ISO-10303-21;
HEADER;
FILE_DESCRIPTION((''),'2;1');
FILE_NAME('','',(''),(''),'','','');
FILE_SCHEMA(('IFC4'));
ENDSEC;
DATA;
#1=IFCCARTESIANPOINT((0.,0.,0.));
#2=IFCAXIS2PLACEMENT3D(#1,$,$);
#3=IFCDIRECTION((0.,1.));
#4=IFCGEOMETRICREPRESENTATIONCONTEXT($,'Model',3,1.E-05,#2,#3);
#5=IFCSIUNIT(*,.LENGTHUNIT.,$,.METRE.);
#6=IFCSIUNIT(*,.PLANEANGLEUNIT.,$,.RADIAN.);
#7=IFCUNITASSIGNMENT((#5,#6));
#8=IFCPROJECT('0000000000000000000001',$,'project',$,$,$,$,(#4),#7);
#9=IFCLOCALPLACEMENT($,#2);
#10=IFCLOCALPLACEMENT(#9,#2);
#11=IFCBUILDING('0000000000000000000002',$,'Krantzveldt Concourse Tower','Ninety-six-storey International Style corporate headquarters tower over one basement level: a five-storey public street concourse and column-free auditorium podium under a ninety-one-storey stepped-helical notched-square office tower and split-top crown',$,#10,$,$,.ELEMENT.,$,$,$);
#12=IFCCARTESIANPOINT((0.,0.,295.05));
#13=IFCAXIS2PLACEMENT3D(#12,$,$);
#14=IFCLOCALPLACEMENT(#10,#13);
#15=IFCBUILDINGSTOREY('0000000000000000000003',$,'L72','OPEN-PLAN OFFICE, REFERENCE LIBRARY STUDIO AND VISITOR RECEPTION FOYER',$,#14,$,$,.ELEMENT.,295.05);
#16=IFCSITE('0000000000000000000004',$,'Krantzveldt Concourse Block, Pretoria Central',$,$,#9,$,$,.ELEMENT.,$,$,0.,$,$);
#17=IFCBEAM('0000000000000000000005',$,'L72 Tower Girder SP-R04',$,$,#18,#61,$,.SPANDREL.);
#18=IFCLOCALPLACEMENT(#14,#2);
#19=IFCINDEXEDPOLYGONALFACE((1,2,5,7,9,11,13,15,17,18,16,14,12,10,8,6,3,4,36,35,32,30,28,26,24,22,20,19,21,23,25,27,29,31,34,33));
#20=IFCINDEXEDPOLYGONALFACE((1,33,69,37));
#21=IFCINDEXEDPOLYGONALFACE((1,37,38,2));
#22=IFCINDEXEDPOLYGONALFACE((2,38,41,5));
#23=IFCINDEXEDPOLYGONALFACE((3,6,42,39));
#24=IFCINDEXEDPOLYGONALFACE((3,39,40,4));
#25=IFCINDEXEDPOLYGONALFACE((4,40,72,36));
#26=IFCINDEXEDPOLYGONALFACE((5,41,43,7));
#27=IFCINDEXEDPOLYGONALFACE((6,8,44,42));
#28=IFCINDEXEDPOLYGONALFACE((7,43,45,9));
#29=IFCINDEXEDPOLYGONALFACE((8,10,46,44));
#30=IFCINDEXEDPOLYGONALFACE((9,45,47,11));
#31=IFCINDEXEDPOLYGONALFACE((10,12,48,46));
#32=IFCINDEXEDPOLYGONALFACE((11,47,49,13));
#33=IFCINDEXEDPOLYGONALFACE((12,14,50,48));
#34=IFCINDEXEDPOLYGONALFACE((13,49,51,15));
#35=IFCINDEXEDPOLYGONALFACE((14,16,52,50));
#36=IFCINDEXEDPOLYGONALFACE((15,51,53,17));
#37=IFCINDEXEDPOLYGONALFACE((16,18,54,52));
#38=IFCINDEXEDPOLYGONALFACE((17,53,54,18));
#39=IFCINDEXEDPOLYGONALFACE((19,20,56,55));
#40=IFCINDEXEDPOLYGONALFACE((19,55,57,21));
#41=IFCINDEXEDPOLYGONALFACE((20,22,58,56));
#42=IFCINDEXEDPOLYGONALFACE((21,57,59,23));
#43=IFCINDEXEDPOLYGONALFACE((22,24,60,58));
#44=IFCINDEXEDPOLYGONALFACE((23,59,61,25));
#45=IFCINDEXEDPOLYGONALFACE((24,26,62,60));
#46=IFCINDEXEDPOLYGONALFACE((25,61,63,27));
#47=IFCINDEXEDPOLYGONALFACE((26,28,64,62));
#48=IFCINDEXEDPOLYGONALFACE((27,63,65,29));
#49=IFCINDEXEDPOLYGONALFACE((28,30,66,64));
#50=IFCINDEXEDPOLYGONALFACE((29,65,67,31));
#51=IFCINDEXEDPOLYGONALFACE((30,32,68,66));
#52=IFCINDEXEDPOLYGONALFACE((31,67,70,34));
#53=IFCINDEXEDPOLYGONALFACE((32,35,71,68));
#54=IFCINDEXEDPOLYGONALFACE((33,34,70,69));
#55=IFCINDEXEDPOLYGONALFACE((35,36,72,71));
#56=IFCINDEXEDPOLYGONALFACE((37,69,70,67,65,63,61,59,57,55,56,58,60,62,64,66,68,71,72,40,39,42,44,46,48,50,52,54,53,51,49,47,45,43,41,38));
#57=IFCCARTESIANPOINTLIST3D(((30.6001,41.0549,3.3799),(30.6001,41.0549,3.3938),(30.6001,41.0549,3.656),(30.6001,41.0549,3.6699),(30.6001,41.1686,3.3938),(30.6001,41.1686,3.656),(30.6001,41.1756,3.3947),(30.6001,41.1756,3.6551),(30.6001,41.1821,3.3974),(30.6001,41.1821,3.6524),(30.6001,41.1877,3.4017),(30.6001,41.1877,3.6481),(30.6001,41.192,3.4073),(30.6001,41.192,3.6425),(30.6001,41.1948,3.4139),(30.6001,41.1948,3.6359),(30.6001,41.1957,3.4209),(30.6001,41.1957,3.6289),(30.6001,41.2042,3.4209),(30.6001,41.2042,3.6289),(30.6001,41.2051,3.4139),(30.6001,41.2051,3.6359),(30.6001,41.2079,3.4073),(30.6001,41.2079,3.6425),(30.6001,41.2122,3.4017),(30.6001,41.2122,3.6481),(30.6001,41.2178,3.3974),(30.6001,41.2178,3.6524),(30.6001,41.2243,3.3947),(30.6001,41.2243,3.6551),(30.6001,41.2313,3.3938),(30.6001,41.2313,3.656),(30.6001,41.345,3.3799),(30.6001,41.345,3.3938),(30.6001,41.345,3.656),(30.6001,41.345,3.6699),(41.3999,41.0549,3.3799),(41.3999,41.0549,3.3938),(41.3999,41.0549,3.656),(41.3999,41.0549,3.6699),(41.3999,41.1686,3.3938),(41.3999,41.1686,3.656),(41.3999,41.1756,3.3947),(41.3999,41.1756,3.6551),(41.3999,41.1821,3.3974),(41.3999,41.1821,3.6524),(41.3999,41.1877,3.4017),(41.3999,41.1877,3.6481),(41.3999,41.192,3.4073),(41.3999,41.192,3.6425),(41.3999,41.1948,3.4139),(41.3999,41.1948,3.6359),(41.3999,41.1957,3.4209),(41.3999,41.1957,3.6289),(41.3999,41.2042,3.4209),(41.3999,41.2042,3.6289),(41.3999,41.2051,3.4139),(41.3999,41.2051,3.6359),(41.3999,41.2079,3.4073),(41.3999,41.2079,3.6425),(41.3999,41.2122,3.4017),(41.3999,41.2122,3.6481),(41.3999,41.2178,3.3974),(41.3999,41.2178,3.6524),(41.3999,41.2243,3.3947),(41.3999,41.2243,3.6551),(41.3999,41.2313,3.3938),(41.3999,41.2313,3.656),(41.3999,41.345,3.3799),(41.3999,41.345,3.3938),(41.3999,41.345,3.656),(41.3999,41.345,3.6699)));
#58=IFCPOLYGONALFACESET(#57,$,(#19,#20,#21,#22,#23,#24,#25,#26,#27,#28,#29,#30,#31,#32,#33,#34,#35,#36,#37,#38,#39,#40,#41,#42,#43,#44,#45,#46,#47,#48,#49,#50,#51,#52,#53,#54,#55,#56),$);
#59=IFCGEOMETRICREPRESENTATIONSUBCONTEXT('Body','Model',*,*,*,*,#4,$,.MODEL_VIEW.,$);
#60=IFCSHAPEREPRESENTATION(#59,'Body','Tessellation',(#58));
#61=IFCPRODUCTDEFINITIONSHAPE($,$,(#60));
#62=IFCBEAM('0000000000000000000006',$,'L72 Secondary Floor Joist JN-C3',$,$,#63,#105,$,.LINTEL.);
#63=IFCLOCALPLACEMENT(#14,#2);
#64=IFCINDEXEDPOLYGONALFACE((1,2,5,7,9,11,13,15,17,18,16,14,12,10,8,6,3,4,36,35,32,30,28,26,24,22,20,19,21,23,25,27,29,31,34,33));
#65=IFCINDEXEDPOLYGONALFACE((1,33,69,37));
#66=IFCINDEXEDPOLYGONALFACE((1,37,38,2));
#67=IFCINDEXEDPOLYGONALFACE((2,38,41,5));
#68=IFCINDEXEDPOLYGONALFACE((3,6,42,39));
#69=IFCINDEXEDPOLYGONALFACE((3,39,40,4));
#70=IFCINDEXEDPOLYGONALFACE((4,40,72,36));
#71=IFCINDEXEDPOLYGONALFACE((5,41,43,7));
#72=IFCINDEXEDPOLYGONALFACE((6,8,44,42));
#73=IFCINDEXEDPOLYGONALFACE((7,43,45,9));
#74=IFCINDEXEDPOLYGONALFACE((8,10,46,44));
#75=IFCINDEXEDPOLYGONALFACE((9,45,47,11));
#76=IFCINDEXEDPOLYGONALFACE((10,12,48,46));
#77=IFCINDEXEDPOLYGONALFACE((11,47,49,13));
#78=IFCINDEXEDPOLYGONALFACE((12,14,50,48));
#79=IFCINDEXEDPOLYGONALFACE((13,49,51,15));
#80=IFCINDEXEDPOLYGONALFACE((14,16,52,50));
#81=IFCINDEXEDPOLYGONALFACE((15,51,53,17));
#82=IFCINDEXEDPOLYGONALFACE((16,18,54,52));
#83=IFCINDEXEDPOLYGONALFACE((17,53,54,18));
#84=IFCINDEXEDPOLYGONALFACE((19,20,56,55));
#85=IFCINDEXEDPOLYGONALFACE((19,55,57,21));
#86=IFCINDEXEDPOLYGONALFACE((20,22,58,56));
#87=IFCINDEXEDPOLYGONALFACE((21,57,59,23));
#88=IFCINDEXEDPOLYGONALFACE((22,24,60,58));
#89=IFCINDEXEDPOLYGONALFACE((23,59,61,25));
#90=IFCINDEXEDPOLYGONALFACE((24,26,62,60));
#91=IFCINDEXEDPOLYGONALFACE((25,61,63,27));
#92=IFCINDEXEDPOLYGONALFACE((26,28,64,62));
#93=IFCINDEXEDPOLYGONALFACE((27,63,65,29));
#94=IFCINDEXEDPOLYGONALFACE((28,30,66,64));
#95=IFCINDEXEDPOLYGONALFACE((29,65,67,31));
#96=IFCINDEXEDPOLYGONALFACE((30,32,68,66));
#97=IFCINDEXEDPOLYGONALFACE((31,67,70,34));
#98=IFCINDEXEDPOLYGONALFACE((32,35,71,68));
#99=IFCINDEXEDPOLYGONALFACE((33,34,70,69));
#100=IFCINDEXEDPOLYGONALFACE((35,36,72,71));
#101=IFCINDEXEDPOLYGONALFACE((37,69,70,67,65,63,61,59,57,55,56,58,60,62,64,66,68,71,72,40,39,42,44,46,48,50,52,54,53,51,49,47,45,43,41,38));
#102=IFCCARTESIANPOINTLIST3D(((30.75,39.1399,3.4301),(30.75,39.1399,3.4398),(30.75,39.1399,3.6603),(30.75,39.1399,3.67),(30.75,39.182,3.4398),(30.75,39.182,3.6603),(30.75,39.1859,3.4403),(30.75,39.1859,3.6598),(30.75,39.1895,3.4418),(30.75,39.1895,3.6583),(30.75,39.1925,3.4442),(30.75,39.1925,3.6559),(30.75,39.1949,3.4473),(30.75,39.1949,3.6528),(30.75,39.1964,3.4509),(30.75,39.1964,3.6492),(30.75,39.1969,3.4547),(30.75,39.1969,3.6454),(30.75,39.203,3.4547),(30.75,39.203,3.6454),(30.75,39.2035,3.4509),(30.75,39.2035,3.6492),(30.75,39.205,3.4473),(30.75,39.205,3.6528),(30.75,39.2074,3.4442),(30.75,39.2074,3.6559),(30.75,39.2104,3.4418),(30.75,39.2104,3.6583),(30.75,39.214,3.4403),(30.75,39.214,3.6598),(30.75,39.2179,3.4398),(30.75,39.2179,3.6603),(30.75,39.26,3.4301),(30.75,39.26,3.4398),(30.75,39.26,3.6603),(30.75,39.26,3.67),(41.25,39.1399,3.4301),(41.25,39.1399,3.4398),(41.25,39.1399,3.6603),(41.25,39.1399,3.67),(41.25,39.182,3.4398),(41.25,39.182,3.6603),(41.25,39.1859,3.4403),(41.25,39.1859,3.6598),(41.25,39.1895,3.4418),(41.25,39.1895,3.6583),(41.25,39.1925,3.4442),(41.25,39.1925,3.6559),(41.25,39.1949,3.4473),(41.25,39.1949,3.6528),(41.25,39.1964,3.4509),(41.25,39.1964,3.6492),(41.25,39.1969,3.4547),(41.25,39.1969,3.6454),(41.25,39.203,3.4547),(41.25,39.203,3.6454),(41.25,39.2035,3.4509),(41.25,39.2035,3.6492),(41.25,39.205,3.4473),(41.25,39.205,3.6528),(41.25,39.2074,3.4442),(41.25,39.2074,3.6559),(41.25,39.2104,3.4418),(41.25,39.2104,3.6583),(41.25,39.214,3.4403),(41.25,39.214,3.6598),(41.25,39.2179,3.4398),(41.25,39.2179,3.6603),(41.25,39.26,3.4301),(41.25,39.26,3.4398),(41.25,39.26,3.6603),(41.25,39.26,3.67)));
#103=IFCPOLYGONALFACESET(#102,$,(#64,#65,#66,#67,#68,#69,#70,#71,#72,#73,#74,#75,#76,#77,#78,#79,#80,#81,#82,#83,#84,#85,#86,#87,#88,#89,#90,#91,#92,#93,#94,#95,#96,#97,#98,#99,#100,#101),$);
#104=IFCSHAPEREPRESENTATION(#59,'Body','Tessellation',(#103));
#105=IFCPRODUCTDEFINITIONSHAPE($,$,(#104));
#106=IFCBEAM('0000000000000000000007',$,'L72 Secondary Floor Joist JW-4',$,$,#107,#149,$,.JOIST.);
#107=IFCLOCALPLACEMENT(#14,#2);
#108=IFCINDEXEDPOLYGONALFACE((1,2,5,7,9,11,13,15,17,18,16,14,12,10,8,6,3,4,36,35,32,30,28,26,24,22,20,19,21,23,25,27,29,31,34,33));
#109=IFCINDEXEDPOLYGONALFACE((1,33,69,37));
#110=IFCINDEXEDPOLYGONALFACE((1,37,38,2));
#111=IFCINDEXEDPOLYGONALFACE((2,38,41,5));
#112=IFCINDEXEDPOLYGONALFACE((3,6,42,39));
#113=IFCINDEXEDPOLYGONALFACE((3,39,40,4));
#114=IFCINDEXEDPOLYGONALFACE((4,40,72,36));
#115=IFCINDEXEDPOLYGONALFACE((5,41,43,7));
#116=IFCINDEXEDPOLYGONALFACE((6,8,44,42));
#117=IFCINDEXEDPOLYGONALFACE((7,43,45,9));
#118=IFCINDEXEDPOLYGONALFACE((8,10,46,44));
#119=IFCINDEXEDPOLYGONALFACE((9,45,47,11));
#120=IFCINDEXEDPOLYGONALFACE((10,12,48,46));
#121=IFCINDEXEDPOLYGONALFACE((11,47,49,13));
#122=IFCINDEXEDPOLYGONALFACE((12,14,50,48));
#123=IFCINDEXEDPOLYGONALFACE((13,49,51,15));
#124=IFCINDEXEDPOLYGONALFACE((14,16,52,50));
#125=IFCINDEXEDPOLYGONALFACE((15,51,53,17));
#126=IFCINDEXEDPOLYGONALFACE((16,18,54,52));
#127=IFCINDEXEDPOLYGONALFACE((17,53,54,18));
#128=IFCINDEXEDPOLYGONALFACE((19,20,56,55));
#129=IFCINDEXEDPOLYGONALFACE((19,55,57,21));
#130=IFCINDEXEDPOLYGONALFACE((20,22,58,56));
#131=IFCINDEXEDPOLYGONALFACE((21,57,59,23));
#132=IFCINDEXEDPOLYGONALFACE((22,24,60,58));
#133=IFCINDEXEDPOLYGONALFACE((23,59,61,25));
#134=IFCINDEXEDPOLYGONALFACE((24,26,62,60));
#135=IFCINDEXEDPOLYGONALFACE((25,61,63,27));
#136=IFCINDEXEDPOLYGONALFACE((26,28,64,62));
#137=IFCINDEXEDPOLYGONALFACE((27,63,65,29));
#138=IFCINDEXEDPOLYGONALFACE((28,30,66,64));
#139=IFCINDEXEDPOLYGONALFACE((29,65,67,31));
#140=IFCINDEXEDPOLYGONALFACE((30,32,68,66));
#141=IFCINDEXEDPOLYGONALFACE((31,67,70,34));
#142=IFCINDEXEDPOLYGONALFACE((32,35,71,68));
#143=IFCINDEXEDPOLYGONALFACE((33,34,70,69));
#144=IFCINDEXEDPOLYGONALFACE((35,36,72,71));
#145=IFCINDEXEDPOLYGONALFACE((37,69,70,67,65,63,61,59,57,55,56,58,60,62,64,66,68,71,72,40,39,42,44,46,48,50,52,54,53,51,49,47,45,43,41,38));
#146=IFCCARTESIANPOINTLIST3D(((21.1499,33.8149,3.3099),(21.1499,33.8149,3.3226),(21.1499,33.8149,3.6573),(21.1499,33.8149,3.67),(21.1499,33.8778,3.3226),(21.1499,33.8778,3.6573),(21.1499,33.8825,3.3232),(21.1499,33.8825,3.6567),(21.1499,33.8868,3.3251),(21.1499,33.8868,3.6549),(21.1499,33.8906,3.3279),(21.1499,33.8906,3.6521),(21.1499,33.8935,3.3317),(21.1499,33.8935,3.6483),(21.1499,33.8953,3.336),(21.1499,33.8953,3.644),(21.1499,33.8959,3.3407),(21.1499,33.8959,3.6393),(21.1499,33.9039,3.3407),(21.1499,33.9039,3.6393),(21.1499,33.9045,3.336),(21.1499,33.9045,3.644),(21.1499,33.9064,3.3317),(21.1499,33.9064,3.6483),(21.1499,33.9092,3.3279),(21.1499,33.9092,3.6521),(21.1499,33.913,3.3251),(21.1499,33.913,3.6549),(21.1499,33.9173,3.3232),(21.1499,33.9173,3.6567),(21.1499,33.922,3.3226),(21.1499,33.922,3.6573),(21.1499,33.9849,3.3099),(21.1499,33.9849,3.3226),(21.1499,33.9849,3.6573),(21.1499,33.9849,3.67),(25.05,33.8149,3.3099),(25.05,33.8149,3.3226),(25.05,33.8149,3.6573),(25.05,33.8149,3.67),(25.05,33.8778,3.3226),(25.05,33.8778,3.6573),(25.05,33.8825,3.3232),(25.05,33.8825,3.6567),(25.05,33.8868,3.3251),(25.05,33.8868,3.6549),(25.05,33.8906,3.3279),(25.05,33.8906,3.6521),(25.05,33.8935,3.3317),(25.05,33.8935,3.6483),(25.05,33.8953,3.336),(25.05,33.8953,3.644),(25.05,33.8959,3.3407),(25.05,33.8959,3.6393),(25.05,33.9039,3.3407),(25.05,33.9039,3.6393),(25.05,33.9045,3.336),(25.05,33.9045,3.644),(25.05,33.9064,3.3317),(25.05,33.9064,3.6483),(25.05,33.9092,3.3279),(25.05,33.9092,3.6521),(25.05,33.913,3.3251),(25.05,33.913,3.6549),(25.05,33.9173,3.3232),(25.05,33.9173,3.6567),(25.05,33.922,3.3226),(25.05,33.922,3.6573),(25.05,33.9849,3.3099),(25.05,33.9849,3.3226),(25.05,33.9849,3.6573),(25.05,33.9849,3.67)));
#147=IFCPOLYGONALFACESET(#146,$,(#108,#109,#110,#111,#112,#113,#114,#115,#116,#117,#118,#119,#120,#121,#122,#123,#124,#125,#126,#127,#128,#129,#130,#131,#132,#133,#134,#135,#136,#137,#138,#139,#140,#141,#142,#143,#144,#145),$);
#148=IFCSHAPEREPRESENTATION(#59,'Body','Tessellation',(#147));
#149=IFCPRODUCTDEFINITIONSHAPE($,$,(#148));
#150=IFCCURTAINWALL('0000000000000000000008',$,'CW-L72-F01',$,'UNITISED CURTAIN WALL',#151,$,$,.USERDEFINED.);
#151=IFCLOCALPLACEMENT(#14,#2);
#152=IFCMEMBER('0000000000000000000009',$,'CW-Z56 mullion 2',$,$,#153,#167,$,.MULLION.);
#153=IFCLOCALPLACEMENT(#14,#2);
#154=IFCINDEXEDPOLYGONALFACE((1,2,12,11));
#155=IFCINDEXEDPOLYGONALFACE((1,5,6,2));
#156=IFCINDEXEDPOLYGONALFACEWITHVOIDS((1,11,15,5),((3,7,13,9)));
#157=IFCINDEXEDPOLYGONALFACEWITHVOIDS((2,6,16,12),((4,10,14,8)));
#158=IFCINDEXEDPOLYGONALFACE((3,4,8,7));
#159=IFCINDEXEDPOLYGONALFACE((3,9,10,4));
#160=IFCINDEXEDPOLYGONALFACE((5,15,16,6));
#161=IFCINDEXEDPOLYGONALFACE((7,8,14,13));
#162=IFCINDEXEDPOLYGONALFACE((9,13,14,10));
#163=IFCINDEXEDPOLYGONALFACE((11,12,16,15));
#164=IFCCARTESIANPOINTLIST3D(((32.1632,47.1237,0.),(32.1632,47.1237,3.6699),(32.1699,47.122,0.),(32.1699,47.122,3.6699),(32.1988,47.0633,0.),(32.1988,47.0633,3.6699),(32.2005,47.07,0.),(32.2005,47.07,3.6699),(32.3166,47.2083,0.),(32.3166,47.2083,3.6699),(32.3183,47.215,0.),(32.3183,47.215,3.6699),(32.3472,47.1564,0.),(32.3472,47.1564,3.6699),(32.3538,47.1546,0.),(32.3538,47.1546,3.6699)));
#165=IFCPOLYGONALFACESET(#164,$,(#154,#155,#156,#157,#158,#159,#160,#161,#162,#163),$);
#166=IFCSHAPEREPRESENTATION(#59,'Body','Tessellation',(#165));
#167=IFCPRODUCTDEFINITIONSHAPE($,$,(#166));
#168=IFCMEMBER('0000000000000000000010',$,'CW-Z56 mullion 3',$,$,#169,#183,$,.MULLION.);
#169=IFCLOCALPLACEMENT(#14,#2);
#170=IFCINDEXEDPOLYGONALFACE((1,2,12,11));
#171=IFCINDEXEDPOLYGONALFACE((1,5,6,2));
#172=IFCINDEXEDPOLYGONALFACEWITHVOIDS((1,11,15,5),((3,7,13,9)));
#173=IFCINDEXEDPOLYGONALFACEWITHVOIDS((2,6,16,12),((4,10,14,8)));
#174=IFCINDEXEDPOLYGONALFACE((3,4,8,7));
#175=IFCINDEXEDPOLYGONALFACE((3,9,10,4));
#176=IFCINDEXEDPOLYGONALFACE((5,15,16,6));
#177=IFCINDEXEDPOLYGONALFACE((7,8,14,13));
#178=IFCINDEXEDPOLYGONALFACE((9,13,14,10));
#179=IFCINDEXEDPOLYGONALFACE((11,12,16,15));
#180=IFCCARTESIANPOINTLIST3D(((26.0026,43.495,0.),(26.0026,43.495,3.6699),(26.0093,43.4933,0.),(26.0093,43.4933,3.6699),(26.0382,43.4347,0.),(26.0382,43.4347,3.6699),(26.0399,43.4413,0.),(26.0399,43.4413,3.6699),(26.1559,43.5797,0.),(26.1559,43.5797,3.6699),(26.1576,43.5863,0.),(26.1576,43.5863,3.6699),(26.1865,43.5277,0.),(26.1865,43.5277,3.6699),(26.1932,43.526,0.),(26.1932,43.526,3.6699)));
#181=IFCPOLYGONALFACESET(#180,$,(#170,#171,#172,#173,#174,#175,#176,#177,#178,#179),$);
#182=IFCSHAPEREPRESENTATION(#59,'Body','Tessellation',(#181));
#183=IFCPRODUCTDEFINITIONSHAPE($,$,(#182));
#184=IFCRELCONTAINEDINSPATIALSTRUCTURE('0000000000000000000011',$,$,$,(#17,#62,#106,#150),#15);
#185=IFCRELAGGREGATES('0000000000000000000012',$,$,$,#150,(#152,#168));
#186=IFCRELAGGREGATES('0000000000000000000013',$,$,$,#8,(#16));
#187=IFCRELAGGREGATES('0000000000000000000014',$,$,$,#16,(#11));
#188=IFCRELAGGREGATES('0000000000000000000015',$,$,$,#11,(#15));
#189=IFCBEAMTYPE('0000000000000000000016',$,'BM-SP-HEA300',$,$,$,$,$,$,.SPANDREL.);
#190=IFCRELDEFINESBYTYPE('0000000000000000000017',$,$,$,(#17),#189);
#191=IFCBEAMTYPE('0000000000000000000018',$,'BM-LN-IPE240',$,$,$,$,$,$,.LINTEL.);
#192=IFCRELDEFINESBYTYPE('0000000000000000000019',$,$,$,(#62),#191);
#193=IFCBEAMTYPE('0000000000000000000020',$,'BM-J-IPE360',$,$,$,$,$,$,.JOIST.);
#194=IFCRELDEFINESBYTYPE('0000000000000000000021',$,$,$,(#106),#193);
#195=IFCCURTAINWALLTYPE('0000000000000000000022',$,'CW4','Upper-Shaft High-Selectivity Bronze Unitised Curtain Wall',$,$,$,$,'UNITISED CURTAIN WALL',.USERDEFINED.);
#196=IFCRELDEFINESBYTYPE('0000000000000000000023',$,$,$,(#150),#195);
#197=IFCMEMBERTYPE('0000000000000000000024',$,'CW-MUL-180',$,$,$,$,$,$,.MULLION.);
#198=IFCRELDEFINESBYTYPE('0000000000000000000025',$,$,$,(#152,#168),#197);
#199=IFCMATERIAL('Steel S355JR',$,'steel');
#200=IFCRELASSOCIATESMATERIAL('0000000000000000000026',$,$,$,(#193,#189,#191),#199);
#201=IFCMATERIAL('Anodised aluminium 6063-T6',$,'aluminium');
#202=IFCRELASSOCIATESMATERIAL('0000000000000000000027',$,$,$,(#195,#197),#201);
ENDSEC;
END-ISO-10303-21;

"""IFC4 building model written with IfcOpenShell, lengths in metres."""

from ifc_helpers import new_model, si_unit, direction, frame, origin, origin_2d, place, context, subcontext, project, spatial, hollow_rectangle, i_section, extrude, source, transform, mapped, material, material_profile, profile_set, type_object, type_shapes, element, aggregate, save


model = new_model("IFC4")

# Units and contexts
model_context = context("Model", 3, precision=1e-05, world=origin(), true_north=direction((0.0, 1.0)))
body_context = subcontext(model_context, "Body", "Model", "MODEL_VIEW")
ifc_project = project(units=[si_unit("LENGTHUNIT", "METRE"), si_unit("PLANEANGLEUNIT", "RADIAN")], contexts=[model_context])

# Site, building, storey
site_placement = place(None, origin())
site = spatial("IfcSite", under=ifc_project, at=site_placement, Name="Krantzveldt Concourse Block, Pretoria Central", CompositionType="ELEMENT", RefElevation=0.0)
building_placement = place(site_placement, origin())
building = spatial("IfcBuilding", under=site, at=building_placement, Name="Krantzveldt Concourse Tower", Description="Ninety-six-storey International Style corporate headquarters tower over one basement level: a five-storey public street concourse and column-free auditorium podium under a ninety-one-storey stepped-helical notched-square office tower and split-top crown", CompositionType="ELEMENT")
storey_placement = place(building_placement, frame((0.0, 0.0, 295.05)))
storey = spatial("IfcBuildingStorey", under=building, at=storey_placement, Name="L72", Description="OPEN-PLAN OFFICE, REFERENCE LIBRARY STUDIO AND VISITOR RECEPTION FOYER", CompositionType="ELEMENT", Elevation=295.05)

# Beams
ifc_material_1 = material(Name="Steel S355JR", Category="steel")
ifc_material_profile_1 = material_profile(ifc_material_1, i_section(OverallWidth=0.1699, OverallDepth=0.3601, WebThickness=0.0081, FlangeThickness=0.0127, FilletRadius=0.0181, at=origin_2d()), Name="Steel S355JR", Category="steel")
ifc_profile_set_1 = profile_set([ifc_material_profile_1], Name="Steel S355JR - IPE 360")
beam_type_1 = type_object("IfcBeamType", Name="BM-J-IPE360", PredefinedType="JOIST", material=ifc_profile_set_1)
ifc_material_profile_2 = material_profile(ifc_material_1, i_section(OverallWidth=0.29, OverallDepth=0.29, WebThickness=0.0085, FlangeThickness=0.0139, FilletRadius=0.0271, at=origin_2d()), Name="Steel S355JR", Category="steel")
ifc_profile_set_2 = profile_set([ifc_material_profile_2], Name="Steel S355JR - HEA 300")
beam_type_2 = type_object("IfcBeamType", Name="BM-SP-HEA300", PredefinedType="SPANDREL", material=ifc_profile_set_2)
shared_shape_1 = source(origin(), body_context, "Body", "SweptSolid", [
    extrude(i_section(OverallWidth=0.29, OverallDepth=0.29, WebThickness=0.0085, FlangeThickness=0.0139, FilletRadius=0.0271, at=origin_2d()), origin(), (0.0, 0.0, 1.0), 10.7998),
])
beam_1_placement = place(storey_placement, frame((30.6001, 41.2, 3.5249), z_axis=(1.0, 0.0, 0.0), x_axis=(0.0, 1.0, 0.0)))
element("IfcBeam", 1, at=beam_1_placement, inside=storey, type_object=beam_type_2, Name="L72 Tower Girder SP-R04", PredefinedType="SPANDREL", context=body_context, shape_type="MappedRepresentation", body=[
    mapped(shared_shape_1, transform((0.0, 0.0, 0.0), x_axis=(1.0, 0.0, 0.0), y_axis=(0.0, 1.0, 0.0), z_axis=(0.0, 0.0, 1.0), scale=1.0)),
])
ifc_material_profile_3 = material_profile(ifc_material_1, i_section(OverallWidth=0.1201, OverallDepth=0.24, WebThickness=0.0061, FlangeThickness=0.0098, FilletRadius=0.0149, at=origin_2d()), Name="Steel S355JR", Category="steel")
ifc_profile_set_3 = profile_set([ifc_material_profile_3], Name="Steel S355JR - IPE 240")
beam_type_3 = type_object("IfcBeamType", Name="BM-LN-IPE240", PredefinedType="LINTEL", material=ifc_profile_set_3)
shared_shape_2 = source(origin(), body_context, "Body", "SweptSolid", [
    extrude(i_section(OverallWidth=0.1201, OverallDepth=0.24, WebThickness=0.0061, FlangeThickness=0.0098, FilletRadius=0.0149, at=origin_2d()), origin(), (0.0, 0.0, 1.0), 10.5),
])
type_shapes(beam_type_3, [shared_shape_2])
beam_2_placement = place(storey_placement, frame((30.75, 39.2, 3.55), z_axis=(1.0, 0.0, 0.0), x_axis=(0.0, 1.0, 0.0)))
element("IfcBeam", 2, at=beam_2_placement, inside=storey, type_object=beam_type_3, Name="L72 Secondary Floor Joist JN-C3", PredefinedType="LINTEL", context=body_context, shape_type="MappedRepresentation", body=[
    mapped(shared_shape_2, transform((0.0, 0.0, 0.0), x_axis=(1.0, 0.0, 0.0), y_axis=(0.0, 1.0, 0.0), z_axis=(0.0, 0.0, 1.0), scale=1.0)),
])
shared_shape_3 = source(origin(), body_context, "Body", "SweptSolid", [
    extrude(i_section(OverallWidth=0.1699, OverallDepth=0.3601, WebThickness=0.0081, FlangeThickness=0.0127, FilletRadius=0.0181, at=origin_2d()), origin(), (0.0, 0.0, 1.0), 3.9001),
])
beam_3_placement = place(storey_placement, frame((21.1499, 33.8999, 3.49), z_axis=(1.0, 0.0, 0.0), x_axis=(0.0, 1.0, 0.0)))
element("IfcBeam", 3, at=beam_3_placement, inside=storey, type_object=beam_type_1, Name="L72 Secondary Floor Joist JW-4", PredefinedType="JOIST", context=body_context, shape_type="MappedRepresentation", body=[
    mapped(shared_shape_3, transform((0.0, 0.0, 0.0), x_axis=(1.0, 0.0, 0.0), y_axis=(0.0, 1.0, 0.0), z_axis=(0.0, 0.0, 1.0), scale=1.0)),
])

# Curtain wall, members
ifc_material_2 = material(Name="Anodised aluminium 6063-T6", Category="aluminium")
curtain_wall_type = type_object("IfcCurtainWallType", Name="CW4", Description="Upper-Shaft High-Selectivity Bronze Unitised Curtain Wall", ElementType="UNITISED CURTAIN WALL", PredefinedType="USERDEFINED", material=ifc_material_2)
curtain_wall_placement = place(storey_placement, origin())
curtain_wall = element("IfcCurtainWall", 4, at=curtain_wall_placement, inside=storey, type_object=curtain_wall_type, Name="CW-L72-F01", ObjectType="UNITISED CURTAIN WALL", PredefinedType="USERDEFINED")
ifc_material_profile_4 = material_profile(ifc_material_2, hollow_rectangle(XDim=0.0701, YDim=0.1799, WallThickness=0.0049, at=origin_2d()), Name="Anodised aluminium 6063-T6", Category="aluminium")
ifc_profile_set_4 = profile_set([ifc_material_profile_4], Name="Anodised aluminium 6063-T6 - ALU-MULL 180x70x5")
member_type_1 = type_object("IfcMemberType", Name="CW-MUL-180", PredefinedType="MULLION", material=ifc_profile_set_4)
shared_shape_4 = source(origin(), body_context, "Body", "SweptSolid", [
    extrude(hollow_rectangle(XDim=0.0701, YDim=0.1799, WallThickness=0.0049, at=origin_2d()), origin(), (0.0, 0.0, 1.0), 3.6699),
])
type_shapes(member_type_1, [shared_shape_4])
member_1_placement = place(storey_placement, frame((32.2585, 47.1392, 0.0), z_axis=(0.0, 0.0, 1.0), x_axis=(0.507538, -0.861629, 0.0)))
member_1 = element("IfcMember", 5, at=member_1_placement, type_object=member_type_1, Name="CW-Z56 mullion 2", PredefinedType="MULLION", context=body_context, shape_type="MappedRepresentation", body=[
    mapped(shared_shape_4, transform((0.0, 0.0, 0.0), x_axis=(1.0, 0.0, 0.0), y_axis=(0.0, 1.0, 0.0), z_axis=(0.0, 0.0, 1.0), scale=1.0)),
])
member_2_placement = place(storey_placement, frame((26.0979, 43.5105, 0.0), z_axis=(0.0, 0.0, 1.0), x_axis=(0.507538, -0.861629, 0.0)))
member_2 = element("IfcMember", 6, at=member_2_placement, type_object=member_type_1, Name="CW-Z56 mullion 3", PredefinedType="MULLION", context=body_context, shape_type="MappedRepresentation", body=[
    mapped(shared_shape_4, transform((0.0, 0.0, 0.0), x_axis=(1.0, 0.0, 0.0), y_axis=(0.0, 1.0, 0.0), z_axis=(0.0, 0.0, 1.0), scale=1.0)),
])
aggregate(curtain_wall, [member_1, member_2])

save(model, "model.ifc")
